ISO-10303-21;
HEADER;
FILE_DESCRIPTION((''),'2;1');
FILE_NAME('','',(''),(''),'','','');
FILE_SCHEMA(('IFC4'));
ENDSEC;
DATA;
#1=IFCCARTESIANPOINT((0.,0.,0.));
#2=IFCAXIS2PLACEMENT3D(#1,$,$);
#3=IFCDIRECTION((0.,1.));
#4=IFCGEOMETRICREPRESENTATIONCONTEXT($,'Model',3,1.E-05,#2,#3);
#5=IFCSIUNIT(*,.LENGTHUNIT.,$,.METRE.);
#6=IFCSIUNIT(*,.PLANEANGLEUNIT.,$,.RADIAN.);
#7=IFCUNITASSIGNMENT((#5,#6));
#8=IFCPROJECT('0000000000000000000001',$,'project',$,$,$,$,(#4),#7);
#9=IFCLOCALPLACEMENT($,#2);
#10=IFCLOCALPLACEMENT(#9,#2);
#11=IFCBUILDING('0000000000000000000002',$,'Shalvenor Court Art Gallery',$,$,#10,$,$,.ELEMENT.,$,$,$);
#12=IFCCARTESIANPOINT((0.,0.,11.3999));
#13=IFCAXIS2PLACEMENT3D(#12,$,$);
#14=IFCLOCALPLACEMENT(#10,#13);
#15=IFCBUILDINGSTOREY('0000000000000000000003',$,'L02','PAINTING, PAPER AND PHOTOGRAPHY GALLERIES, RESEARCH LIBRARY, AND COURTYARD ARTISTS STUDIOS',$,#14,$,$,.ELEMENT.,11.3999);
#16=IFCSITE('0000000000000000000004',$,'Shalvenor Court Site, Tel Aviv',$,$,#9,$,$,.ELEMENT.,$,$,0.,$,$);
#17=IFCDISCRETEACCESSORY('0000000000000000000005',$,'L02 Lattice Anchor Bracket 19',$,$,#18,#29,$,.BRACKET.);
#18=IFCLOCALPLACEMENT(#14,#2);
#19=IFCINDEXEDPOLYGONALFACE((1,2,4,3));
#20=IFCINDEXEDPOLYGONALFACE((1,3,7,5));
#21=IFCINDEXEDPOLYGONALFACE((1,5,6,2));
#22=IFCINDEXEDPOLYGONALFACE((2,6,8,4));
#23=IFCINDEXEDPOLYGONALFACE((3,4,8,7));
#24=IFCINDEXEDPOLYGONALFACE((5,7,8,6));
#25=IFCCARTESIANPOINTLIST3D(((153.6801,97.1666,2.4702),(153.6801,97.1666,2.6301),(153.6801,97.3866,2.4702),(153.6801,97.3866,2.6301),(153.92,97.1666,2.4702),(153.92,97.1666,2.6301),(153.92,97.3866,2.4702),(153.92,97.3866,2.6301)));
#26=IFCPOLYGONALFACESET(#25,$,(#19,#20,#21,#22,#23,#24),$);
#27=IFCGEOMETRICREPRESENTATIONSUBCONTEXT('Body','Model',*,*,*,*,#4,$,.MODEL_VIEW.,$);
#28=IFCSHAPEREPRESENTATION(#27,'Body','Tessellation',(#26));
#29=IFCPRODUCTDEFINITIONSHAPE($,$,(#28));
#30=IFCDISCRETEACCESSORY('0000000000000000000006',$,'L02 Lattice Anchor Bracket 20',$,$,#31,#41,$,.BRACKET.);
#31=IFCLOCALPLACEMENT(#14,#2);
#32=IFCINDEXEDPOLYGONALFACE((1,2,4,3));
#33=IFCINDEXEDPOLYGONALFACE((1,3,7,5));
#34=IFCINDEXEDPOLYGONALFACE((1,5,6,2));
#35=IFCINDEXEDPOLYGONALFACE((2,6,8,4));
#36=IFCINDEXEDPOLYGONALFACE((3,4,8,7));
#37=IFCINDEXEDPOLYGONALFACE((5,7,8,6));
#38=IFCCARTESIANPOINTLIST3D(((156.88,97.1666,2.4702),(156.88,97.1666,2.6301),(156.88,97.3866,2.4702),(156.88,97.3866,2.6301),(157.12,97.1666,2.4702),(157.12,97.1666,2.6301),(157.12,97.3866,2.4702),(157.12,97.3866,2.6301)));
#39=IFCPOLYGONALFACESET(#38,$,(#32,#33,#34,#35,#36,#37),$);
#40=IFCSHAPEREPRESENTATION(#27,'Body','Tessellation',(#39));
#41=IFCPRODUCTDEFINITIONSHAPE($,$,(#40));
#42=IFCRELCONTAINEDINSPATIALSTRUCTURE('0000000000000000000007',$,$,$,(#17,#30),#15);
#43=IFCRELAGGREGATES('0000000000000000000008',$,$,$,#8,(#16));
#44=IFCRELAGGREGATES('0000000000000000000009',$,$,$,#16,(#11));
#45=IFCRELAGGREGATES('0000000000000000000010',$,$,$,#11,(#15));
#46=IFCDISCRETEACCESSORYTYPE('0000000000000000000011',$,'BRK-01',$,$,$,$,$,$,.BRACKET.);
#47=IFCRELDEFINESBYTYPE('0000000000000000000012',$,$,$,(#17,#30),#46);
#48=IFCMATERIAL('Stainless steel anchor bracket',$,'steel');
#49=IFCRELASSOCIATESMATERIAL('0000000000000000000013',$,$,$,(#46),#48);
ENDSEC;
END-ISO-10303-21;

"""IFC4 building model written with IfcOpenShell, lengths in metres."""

from ifc_helpers import new_model, si_unit, direction, frame, origin, origin_2d, place, context, subcontext, project, spatial, rectangle, extrude, material, type_object, element, save


model = new_model("IFC4")

# Units and contexts
model_context = context("Model", 3, precision=1e-05, world=origin(), true_north=direction((0.0, 1.0)))
body_context = subcontext(model_context, "Body", "Model", "MODEL_VIEW")
ifc_project = project(units=[si_unit("LENGTHUNIT", "METRE"), si_unit("PLANEANGLEUNIT", "RADIAN")], contexts=[model_context])

# Site, building, storey
site_placement = place(None, origin())
site = spatial("IfcSite", under=ifc_project, at=site_placement, Name="Shalvenor Court Site, Tel Aviv", CompositionType="ELEMENT", RefElevation=0.0)
building_placement = place(site_placement, origin())
building = spatial("IfcBuilding", under=site, at=building_placement, Name="Shalvenor Court Art Gallery", CompositionType="ELEMENT")
storey_placement = place(building_placement, frame((0.0, 0.0, 11.3999)))
storey = spatial("IfcBuildingStorey", under=building, at=storey_placement, Name="L02", Description="PAINTING, PAPER AND PHOTOGRAPHY GALLERIES, RESEARCH LIBRARY, AND COURTYARD ARTISTS STUDIOS", CompositionType="ELEMENT", Elevation=11.3999)

# Discrete accessories
ifc_material_1 = material(Name="Stainless steel anchor bracket", Category="steel")
discrete_accessory_type = type_object("IfcDiscreteAccessoryType", Name="BRK-01", PredefinedType="BRACKET", material=ifc_material_1)
for number, where, z_axis, x_axis, name in (
    (1, (153.8, 97.2766, 2.4702), (0.0, 0.0, 1.0), (1.0, 0.0, 0.0), "L02 Lattice Anchor Bracket 19"),
    (2, (157.0, 97.2766, 2.4702), (0.0, 0.0, 1.0), (1.0, 0.0, 0.0), "L02 Lattice Anchor Bracket 20"),
):
    element("IfcDiscreteAccessory", number, at=place(storey_placement, frame(where, z_axis=z_axis, x_axis=x_axis)), inside=storey, type_object=discrete_accessory_type, Name=name, PredefinedType="BRACKET", context=body_context, shape_type="SweptSolid", body=[
        extrude(rectangle(XDim=0.24, YDim=0.22, at=origin_2d()), origin(), (0.0, 0.0, 1.0), 0.1599),
    ])

save(model, "model.ifc")
